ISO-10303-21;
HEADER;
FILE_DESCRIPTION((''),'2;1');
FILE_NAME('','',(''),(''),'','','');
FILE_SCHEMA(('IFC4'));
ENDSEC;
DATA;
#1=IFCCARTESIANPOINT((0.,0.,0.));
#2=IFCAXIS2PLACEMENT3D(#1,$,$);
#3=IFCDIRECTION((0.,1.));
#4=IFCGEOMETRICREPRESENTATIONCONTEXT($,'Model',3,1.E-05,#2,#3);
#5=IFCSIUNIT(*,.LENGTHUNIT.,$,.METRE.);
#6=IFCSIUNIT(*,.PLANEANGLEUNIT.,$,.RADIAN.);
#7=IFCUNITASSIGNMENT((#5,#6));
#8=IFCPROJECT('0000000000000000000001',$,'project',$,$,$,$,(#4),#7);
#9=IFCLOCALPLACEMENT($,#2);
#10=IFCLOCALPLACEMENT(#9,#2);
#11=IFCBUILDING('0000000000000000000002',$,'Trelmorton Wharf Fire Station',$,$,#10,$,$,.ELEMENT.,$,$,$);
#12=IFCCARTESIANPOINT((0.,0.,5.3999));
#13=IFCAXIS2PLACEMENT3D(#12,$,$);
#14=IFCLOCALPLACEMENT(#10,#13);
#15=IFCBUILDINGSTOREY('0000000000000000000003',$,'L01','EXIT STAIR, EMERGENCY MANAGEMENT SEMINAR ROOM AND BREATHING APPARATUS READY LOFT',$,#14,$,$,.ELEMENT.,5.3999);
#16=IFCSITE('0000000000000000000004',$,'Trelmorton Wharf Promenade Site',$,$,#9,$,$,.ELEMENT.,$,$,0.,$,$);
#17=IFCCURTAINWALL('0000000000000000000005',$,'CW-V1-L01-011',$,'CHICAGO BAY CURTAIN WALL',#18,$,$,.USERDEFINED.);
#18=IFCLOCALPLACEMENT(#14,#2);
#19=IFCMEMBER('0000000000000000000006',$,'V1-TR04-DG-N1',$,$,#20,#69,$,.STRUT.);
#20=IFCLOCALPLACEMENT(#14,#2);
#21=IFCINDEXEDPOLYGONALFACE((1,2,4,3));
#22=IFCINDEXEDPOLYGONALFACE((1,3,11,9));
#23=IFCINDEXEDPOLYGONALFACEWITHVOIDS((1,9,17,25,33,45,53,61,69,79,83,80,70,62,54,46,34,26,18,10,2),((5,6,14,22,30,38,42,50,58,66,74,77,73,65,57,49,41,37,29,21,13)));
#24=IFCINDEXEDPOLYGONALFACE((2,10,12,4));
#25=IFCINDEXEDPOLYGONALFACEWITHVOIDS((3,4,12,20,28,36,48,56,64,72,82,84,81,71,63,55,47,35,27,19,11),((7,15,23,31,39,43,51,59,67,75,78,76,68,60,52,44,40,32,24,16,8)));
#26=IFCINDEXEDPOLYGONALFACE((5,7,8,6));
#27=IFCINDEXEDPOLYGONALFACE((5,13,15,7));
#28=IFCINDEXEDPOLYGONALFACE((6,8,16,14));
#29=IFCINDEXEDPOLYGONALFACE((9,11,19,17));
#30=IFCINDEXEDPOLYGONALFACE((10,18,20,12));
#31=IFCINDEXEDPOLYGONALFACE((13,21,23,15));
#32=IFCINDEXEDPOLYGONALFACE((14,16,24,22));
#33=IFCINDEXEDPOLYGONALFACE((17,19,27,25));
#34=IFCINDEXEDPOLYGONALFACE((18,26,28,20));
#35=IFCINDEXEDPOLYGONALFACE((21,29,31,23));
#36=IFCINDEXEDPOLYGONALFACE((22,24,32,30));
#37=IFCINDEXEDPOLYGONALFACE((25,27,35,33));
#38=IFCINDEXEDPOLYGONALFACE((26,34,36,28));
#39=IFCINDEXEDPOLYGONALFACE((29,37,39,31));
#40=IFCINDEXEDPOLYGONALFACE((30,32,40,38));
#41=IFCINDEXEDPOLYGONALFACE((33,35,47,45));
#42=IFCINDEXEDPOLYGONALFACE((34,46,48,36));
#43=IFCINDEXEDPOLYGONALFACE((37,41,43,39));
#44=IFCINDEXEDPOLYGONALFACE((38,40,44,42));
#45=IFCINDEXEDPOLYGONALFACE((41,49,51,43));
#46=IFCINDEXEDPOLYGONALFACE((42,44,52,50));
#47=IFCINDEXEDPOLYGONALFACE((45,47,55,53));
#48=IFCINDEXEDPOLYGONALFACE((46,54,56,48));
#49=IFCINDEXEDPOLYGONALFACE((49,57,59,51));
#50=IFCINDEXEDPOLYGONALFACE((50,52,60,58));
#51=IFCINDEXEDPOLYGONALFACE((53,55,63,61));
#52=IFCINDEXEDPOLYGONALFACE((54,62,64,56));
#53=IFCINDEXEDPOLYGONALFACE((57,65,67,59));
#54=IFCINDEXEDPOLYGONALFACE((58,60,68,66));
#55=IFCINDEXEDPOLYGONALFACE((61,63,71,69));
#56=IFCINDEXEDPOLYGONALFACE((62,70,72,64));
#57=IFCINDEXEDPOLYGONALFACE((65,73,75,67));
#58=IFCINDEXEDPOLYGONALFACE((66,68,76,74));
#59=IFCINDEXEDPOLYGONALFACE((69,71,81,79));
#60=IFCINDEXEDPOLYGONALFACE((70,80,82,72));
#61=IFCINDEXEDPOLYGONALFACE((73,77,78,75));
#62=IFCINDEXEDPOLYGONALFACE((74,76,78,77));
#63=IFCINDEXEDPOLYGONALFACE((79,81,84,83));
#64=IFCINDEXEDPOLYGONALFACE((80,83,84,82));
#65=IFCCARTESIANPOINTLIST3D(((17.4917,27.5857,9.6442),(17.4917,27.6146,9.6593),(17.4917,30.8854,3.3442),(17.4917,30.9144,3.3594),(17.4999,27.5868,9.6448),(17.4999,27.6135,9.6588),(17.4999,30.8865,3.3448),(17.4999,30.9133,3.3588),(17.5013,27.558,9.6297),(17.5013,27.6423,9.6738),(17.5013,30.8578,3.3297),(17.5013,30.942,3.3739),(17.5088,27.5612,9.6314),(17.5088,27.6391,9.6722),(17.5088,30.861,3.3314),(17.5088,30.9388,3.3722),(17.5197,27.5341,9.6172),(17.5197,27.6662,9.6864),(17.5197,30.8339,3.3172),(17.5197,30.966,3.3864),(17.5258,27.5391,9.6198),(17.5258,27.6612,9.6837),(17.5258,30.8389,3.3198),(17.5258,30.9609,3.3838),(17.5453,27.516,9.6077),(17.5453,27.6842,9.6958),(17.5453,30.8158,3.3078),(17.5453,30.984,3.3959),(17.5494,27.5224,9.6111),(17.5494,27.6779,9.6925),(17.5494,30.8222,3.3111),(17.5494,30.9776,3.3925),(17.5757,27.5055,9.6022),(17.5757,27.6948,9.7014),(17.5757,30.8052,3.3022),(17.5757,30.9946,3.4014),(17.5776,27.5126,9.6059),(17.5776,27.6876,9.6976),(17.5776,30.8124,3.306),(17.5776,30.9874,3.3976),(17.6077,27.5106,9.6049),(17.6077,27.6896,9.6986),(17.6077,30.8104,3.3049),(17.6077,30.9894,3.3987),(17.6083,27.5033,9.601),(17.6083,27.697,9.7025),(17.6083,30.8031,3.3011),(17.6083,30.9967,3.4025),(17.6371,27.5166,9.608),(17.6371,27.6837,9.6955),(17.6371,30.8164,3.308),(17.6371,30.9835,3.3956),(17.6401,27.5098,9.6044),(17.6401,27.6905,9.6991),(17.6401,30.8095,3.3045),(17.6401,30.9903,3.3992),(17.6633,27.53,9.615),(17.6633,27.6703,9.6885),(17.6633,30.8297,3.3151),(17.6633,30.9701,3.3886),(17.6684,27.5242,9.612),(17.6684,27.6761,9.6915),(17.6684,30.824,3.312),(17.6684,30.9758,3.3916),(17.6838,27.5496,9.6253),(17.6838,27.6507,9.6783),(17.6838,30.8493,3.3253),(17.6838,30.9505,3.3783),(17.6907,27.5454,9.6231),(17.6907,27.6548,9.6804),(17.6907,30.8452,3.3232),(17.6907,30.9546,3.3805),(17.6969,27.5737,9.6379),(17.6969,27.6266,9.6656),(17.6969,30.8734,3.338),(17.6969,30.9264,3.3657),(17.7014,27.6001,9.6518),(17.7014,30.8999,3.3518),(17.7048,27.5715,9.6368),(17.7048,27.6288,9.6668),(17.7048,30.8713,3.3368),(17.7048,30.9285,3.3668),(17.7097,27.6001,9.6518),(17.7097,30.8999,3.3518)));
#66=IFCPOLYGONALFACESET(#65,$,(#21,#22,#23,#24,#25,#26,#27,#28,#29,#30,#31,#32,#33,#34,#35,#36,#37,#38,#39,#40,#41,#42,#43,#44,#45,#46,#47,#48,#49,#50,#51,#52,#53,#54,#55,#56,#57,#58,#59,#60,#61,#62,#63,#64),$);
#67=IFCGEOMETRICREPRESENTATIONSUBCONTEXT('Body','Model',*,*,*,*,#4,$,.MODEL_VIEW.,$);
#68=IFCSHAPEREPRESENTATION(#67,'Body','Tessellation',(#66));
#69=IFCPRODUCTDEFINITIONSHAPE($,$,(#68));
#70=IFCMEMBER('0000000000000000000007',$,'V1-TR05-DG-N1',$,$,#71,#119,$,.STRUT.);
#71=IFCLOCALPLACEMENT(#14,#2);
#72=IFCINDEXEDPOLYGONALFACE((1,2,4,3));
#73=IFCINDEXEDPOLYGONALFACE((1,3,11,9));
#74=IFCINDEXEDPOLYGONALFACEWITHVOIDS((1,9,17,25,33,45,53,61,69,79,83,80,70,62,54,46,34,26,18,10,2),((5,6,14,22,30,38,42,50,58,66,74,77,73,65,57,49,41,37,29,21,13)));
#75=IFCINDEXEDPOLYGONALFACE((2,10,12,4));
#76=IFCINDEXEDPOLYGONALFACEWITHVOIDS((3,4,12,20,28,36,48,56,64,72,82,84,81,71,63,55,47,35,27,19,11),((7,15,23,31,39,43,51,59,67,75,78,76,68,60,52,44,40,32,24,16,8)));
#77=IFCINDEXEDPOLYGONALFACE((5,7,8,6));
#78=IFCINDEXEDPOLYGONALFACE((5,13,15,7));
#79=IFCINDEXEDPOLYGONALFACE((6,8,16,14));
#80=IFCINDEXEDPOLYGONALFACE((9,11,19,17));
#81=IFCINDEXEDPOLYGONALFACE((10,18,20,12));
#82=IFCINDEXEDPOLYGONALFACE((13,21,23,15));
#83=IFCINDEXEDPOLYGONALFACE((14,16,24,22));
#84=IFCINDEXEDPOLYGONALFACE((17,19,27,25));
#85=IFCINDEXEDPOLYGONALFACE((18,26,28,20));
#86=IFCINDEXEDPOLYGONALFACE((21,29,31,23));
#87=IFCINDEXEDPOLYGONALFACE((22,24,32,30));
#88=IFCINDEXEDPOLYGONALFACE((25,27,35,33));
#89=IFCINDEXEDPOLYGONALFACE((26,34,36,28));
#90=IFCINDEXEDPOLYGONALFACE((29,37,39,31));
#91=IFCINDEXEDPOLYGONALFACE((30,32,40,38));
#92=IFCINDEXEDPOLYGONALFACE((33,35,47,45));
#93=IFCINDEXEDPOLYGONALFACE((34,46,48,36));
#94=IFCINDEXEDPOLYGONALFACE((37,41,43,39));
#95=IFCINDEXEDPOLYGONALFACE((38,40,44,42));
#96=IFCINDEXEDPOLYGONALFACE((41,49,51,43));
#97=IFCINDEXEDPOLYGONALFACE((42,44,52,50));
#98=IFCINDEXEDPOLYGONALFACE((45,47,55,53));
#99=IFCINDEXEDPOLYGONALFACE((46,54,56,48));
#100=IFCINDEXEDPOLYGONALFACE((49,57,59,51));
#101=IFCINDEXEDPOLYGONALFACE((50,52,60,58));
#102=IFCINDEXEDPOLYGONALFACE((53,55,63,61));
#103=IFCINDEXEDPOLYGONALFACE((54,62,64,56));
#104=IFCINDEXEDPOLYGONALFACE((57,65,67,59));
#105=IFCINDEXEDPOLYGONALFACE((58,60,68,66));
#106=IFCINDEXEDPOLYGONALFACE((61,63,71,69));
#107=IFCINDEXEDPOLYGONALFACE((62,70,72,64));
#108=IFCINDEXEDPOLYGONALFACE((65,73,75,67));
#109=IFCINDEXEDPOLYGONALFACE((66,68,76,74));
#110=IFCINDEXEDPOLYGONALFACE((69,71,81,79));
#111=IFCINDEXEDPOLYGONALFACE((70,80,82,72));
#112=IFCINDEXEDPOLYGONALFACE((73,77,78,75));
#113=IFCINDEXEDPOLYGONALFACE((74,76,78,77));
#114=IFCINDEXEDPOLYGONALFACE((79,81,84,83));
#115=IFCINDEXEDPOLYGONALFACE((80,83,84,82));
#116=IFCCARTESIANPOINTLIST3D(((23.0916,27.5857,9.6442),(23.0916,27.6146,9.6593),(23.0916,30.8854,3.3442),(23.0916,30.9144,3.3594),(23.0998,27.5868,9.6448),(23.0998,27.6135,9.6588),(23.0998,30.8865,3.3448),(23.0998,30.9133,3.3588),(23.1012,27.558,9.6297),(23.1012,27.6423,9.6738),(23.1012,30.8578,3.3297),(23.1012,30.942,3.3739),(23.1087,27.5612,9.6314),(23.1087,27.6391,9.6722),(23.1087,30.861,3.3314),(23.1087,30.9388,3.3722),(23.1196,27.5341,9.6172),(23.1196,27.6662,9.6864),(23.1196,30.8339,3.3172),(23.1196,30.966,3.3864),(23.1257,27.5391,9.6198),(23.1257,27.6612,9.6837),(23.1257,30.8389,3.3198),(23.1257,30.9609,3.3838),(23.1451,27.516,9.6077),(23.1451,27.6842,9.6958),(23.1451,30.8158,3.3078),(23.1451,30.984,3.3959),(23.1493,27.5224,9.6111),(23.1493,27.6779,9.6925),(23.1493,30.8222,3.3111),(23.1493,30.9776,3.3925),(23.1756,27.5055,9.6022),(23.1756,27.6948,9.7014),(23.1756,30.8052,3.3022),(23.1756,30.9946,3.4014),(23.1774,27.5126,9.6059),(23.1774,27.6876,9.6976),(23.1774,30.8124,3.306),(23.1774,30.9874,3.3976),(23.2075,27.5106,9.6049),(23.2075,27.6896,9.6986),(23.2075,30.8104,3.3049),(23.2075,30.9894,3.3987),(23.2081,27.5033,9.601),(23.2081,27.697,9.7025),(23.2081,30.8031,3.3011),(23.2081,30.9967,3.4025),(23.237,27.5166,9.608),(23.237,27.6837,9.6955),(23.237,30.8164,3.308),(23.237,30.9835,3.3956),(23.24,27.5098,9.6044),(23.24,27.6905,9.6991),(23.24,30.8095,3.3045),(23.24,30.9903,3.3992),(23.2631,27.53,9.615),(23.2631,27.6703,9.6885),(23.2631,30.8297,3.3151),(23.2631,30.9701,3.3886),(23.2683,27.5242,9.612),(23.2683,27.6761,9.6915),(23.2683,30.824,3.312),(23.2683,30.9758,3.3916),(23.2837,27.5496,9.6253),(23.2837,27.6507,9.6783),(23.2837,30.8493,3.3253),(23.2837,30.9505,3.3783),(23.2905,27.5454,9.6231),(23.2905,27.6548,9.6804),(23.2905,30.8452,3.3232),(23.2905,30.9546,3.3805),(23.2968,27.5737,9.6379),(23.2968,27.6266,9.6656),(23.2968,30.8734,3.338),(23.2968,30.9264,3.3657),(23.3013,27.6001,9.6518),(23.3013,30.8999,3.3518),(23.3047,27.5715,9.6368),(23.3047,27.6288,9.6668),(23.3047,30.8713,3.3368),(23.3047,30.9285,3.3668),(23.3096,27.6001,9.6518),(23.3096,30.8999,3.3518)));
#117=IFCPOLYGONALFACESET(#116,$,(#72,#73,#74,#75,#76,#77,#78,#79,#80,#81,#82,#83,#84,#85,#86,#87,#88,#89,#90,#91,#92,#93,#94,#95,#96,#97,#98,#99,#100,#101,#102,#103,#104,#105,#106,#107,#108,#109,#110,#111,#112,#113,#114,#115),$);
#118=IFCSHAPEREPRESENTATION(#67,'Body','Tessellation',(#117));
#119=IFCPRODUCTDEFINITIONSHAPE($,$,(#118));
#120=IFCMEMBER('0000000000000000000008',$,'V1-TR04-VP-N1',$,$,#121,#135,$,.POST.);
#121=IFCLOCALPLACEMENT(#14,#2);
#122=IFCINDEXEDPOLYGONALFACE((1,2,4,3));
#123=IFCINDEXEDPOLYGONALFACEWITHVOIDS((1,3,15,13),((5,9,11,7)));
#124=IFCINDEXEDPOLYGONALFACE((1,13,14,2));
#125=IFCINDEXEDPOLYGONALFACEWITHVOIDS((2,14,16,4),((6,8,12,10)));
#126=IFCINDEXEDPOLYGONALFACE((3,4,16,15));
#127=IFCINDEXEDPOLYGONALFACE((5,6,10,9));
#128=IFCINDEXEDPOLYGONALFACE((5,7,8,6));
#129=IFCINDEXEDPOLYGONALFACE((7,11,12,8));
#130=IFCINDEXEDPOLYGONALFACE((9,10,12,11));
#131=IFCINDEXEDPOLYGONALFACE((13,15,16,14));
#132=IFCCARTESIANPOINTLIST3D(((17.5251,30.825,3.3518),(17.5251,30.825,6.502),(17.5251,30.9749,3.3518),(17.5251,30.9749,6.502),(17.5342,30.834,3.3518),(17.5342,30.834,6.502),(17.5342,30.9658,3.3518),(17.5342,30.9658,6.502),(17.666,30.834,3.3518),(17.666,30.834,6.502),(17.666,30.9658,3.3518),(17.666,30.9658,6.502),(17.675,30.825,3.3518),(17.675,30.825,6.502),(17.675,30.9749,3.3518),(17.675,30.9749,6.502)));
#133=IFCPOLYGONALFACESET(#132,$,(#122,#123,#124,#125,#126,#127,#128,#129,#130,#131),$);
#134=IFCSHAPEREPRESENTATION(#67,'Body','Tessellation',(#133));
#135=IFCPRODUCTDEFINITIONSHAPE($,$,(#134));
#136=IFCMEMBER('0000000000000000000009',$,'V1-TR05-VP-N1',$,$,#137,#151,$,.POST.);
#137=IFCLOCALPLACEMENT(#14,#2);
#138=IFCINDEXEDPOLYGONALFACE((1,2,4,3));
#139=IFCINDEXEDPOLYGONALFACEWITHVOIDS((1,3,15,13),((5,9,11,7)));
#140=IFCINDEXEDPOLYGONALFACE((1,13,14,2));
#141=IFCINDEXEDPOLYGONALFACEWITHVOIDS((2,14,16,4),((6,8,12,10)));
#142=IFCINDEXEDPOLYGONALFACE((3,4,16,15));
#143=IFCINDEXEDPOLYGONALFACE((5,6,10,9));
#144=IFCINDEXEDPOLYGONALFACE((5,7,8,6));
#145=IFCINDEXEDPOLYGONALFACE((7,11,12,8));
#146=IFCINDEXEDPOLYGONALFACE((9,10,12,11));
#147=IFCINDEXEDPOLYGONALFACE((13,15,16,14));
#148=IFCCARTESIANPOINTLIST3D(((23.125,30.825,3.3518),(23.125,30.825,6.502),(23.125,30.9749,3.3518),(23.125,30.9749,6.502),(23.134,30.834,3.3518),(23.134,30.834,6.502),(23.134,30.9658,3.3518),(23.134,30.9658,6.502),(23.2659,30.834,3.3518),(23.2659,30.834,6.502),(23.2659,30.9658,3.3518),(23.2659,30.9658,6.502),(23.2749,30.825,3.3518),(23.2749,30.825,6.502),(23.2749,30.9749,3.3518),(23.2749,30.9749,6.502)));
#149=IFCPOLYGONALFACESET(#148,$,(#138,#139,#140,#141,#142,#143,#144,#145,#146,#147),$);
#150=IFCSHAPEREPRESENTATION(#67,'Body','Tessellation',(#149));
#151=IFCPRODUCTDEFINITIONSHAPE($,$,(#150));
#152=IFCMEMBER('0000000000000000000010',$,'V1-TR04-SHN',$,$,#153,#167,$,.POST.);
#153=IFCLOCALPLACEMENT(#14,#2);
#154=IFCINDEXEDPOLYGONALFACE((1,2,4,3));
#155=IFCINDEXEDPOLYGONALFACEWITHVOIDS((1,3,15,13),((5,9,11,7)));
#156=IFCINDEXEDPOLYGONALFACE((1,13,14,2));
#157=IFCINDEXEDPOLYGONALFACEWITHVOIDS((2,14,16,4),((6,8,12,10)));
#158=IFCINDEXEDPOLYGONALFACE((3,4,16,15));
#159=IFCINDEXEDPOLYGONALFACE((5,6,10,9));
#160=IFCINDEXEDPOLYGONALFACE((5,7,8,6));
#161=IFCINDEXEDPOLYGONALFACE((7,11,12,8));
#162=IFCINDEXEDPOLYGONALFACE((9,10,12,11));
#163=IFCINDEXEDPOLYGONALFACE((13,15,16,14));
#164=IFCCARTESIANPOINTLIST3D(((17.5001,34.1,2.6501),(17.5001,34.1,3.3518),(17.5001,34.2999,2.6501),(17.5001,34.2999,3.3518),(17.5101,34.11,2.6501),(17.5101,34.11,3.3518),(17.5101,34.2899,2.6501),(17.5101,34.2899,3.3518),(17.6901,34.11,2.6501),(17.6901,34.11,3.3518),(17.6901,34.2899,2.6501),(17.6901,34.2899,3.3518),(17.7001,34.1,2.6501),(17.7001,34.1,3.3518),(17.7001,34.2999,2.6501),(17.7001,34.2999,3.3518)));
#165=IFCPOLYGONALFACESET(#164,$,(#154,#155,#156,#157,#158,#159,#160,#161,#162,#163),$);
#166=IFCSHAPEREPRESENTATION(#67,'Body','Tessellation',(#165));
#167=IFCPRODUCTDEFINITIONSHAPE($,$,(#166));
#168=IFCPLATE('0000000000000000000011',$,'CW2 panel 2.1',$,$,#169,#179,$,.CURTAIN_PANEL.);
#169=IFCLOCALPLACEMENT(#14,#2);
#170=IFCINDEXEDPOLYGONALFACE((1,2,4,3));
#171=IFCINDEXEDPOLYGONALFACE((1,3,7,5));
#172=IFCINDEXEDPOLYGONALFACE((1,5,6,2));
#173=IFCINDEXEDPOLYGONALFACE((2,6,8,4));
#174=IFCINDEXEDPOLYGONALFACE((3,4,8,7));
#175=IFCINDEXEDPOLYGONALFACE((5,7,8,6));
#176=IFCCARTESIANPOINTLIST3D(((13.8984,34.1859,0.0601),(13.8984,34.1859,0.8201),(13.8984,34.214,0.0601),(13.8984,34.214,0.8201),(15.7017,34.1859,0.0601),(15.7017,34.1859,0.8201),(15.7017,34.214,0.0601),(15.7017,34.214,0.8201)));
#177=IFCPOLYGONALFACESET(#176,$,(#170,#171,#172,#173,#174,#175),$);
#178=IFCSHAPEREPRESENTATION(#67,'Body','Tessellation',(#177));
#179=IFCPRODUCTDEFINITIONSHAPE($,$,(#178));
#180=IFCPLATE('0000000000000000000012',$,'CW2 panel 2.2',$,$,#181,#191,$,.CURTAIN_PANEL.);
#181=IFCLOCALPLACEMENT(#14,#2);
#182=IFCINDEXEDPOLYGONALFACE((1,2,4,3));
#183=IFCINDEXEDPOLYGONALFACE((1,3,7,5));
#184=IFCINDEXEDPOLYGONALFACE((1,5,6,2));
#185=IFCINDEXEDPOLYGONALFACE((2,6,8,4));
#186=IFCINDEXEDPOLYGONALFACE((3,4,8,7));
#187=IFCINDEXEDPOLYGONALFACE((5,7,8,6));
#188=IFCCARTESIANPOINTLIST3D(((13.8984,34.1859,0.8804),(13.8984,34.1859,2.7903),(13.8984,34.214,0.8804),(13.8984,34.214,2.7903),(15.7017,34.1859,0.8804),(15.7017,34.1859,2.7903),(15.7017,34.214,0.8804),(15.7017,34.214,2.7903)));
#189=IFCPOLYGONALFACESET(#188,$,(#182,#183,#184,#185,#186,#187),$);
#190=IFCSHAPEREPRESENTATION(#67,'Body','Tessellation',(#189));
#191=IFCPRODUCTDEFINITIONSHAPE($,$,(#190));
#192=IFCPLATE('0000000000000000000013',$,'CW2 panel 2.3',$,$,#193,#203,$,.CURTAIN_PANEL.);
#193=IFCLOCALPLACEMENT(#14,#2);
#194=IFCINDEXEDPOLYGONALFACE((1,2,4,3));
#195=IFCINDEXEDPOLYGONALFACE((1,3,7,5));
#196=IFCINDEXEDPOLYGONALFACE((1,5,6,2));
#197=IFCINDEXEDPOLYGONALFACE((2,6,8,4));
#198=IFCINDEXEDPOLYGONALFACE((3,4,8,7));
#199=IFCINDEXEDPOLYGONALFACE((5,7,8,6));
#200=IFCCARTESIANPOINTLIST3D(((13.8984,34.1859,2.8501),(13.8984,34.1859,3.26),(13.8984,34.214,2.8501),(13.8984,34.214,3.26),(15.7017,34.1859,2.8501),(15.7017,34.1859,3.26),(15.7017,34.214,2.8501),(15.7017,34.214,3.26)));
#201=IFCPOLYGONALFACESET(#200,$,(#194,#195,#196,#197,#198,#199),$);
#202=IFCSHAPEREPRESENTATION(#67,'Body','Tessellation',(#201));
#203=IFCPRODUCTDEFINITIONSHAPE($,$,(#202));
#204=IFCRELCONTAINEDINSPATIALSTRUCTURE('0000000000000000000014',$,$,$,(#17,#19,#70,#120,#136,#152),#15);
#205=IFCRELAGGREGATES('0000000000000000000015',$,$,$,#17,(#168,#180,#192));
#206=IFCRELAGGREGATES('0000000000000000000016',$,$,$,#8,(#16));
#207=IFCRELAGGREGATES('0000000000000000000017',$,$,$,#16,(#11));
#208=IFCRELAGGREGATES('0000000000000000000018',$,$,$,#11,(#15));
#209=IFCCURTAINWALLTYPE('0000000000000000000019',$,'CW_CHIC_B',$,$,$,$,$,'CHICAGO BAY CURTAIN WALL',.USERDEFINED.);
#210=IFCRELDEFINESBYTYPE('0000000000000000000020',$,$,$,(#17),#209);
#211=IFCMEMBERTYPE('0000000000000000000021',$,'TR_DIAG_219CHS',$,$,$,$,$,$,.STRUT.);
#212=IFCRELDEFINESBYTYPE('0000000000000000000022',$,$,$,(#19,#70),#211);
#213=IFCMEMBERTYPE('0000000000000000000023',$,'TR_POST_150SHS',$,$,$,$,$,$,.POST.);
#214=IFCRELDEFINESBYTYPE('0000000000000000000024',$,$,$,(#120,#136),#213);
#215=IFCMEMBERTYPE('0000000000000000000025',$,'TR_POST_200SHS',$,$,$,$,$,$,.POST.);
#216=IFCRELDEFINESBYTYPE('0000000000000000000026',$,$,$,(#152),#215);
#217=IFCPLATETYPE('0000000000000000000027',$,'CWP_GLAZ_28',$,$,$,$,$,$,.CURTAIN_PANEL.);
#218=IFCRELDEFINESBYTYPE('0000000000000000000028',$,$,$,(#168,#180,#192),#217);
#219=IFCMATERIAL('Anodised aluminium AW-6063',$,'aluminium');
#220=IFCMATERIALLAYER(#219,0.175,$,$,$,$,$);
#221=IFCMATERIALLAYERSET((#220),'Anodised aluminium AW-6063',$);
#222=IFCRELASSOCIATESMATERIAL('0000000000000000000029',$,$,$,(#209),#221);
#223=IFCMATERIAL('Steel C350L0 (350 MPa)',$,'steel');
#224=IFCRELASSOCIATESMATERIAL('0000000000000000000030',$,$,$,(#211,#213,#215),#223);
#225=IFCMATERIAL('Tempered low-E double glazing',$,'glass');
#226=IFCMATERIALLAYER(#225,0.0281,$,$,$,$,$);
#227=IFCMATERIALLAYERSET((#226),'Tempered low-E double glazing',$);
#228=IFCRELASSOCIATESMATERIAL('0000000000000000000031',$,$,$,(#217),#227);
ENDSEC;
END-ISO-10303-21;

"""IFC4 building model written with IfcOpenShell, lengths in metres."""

from ifc_helpers import new_model, si_unit, direction, frame, origin, origin_2d, place, context, subcontext, project, spatial, rectangle, hollow_rectangle, hollow_circle, extrude, material, layer, layer_set, material_profile, profile_set, type_object, element, aggregate, save


model = new_model("IFC4")

# Units and contexts
model_context = context("Model", 3, precision=1e-05, world=origin(), true_north=direction((0.0, 1.0)))
body_context = subcontext(model_context, "Body", "Model", "MODEL_VIEW")
ifc_project = project(units=[si_unit("LENGTHUNIT", "METRE"), si_unit("PLANEANGLEUNIT", "RADIAN")], contexts=[model_context])

# Site, building, storey
site_placement = place(None, origin())
site = spatial("IfcSite", under=ifc_project, at=site_placement, Name="Trelmorton Wharf Promenade Site", CompositionType="ELEMENT", RefElevation=0.0)
building_placement = place(site_placement, origin())
building = spatial("IfcBuilding", under=site, at=building_placement, Name="Trelmorton Wharf Fire Station", CompositionType="ELEMENT")
storey_placement = place(building_placement, frame((0.0, 0.0, 5.3999)))
storey = spatial("IfcBuildingStorey", under=building, at=storey_placement, Name="L01", Description="EXIT STAIR, EMERGENCY MANAGEMENT SEMINAR ROOM AND BREATHING APPARATUS READY LOFT", CompositionType="ELEMENT", Elevation=5.3999)

# Curtain wall
ifc_material_1 = material(Name="Anodised aluminium AW-6063", Category="aluminium")
ifc_layer_1 = layer(ifc_material_1, 0.175)
ifc_layer_set_1 = layer_set([ifc_layer_1], Name="Anodised aluminium AW-6063")
curtain_wall_type = type_object("IfcCurtainWallType", Name="CW_CHIC_B", ElementType="CHICAGO BAY CURTAIN WALL", PredefinedType="USERDEFINED", material=ifc_layer_set_1)
curtain_wall_placement = place(storey_placement, origin())
curtain_wall = element("IfcCurtainWall", 1, at=curtain_wall_placement, inside=storey, type_object=curtain_wall_type, Name="CW-V1-L01-011", ObjectType="CHICAGO BAY CURTAIN WALL", PredefinedType="USERDEFINED")

# Members
ifc_material_2 = material(Name="Steel C350L0 (350 MPa)", Category="steel")
ifc_material_profile_1 = material_profile(ifc_material_2, hollow_circle(Radius=0.1096, WallThickness=0.0083, at=origin_2d()), Name="219.1x8.2CHS")
ifc_profile_set_1 = profile_set([ifc_material_profile_1], Name="Steel C350L0 (350 MPa)")
member_type_1 = type_object("IfcMemberType", Name="TR_DIAG_219CHS", PredefinedType="STRUT", material=ifc_profile_set_1)
for number, where, z_axis, x_axis, name in (
    (2, (17.6001, 30.8999, 3.3518), (0.0, -0.463983, 0.885844), (1.0, 0.0, 0.0), "V1-TR04-DG-N1"),
    (3, (23.2, 30.8999, 3.3518), (0.0, -0.463983, 0.885844), (1.0, 0.0, 0.0), "V1-TR05-DG-N1"),
):
    element("IfcMember", number, at=place(storey_placement, frame(where, z_axis=z_axis, x_axis=x_axis)), inside=storey, type_object=member_type_1, Name=name, PredefinedType="STRUT", context=body_context, shape_type="SweptSolid", body=[
        extrude(hollow_circle(Radius=0.1096, WallThickness=0.0083, at=origin_2d()), origin(), (0.0, 0.0, 1.0), 7.1118),
    ])
ifc_material_profile_2 = material_profile(ifc_material_2, hollow_rectangle(XDim=0.1499, YDim=0.1499, WallThickness=0.009, at=origin_2d()), Name="150x150x9.0SHS")
ifc_profile_set_2 = profile_set([ifc_material_profile_2], Name="Steel C350L0 (350 MPa)")
member_type_2 = type_object("IfcMemberType", Name="TR_POST_150SHS", PredefinedType="POST", material=ifc_profile_set_2)
for number, where, z_axis, x_axis, name in (
    (4, (17.6001, 30.8999, 3.3518), (0.0, 0.0, 1.0), (1.0, 0.0, 0.0), "V1-TR04-VP-N1"),
    (5, (23.2, 30.8999, 3.3518), (0.0, 0.0, 1.0), (1.0, 0.0, 0.0), "V1-TR05-VP-N1"),
):
    element("IfcMember", number, at=place(storey_placement, frame(where, z_axis=z_axis, x_axis=x_axis)), inside=storey, type_object=member_type_2, Name=name, PredefinedType="POST", context=body_context, shape_type="SweptSolid", body=[
        extrude(hollow_rectangle(XDim=0.1499, YDim=0.1499, WallThickness=0.009, at=origin_2d()), origin(), (0.0, 0.0, 1.0), 3.1501),
    ])
ifc_material_profile_3 = material_profile(ifc_material_2, hollow_rectangle(XDim=0.2, YDim=0.2, WallThickness=0.01, at=origin_2d()), Name="200x200x10.0SHS")
ifc_profile_set_3 = profile_set([ifc_material_profile_3], Name="Steel C350L0 (350 MPa)")
member_type_3 = type_object("IfcMemberType", Name="TR_POST_200SHS", PredefinedType="POST", material=ifc_profile_set_3)
member_1_placement = place(storey_placement, frame((17.6001, 34.2, 2.6501), z_axis=(0.0, 0.0, 1.0), x_axis=(1.0, 0.0, 0.0)))
element("IfcMember", 6, at=member_1_placement, inside=storey, type_object=member_type_3, Name="V1-TR04-SHN", PredefinedType="POST", context=body_context, shape_type="SweptSolid", body=[
    extrude(hollow_rectangle(XDim=0.2, YDim=0.2, WallThickness=0.01, at=origin_2d()), origin(), (0.0, 0.0, 1.0), 0.7017),
])

# Plates
ifc_material_3 = material(Name="Tempered low-E double glazing", Category="glass")
ifc_layer_2 = layer(ifc_material_3, 0.0281)
ifc_layer_set_2 = layer_set([ifc_layer_2], Name="Tempered low-E double glazing")
plate_type_1 = type_object("IfcPlateType", Name="CWP_GLAZ_28", PredefinedType="CURTAIN_PANEL", material=ifc_layer_set_2)
plate_1_placement = place(storey_placement, frame((14.8, 34.2, 0.0601), z_axis=(0.0, 0.0, 1.0), x_axis=(1.0, 0.0, 0.0)))
plate_1 = element("IfcPlate", 7, at=plate_1_placement, type_object=plate_type_1, Name="CW2 panel 2.1", PredefinedType="CURTAIN_PANEL", context=body_context, shape_type="SweptSolid", body=[
    extrude(rectangle(XDim=1.8032, YDim=0.0281, at=origin_2d()), origin(), (0.0, 0.0, 1.0), 0.76),
])
plate_2_placement = place(storey_placement, frame((14.8, 34.2, 0.8804), z_axis=(0.0, 0.0, 1.0), x_axis=(1.0, 0.0, 0.0)))
plate_2 = element("IfcPlate", 8, at=plate_2_placement, type_object=plate_type_1, Name="CW2 panel 2.2", PredefinedType="CURTAIN_PANEL", context=body_context, shape_type="SweptSolid", body=[
    extrude(rectangle(XDim=1.8032, YDim=0.0281, at=origin_2d()), origin(), (0.0, 0.0, 1.0), 1.9099),
])
plate_3_placement = place(storey_placement, frame((14.8, 34.2, 2.8501), z_axis=(0.0, 0.0, 1.0), x_axis=(1.0, 0.0, 0.0)))
plate_3 = element("IfcPlate", 9, at=plate_3_placement, type_object=plate_type_1, Name="CW2 panel 2.3", PredefinedType="CURTAIN_PANEL", context=body_context, shape_type="SweptSolid", body=[
    extrude(rectangle(XDim=1.8032, YDim=0.0281, at=origin_2d()), origin(), (0.0, 0.0, 1.0), 0.4099),
])
aggregate(curtain_wall, [plate_1, plate_2, plate_3])

save(model, "model.ifc")
